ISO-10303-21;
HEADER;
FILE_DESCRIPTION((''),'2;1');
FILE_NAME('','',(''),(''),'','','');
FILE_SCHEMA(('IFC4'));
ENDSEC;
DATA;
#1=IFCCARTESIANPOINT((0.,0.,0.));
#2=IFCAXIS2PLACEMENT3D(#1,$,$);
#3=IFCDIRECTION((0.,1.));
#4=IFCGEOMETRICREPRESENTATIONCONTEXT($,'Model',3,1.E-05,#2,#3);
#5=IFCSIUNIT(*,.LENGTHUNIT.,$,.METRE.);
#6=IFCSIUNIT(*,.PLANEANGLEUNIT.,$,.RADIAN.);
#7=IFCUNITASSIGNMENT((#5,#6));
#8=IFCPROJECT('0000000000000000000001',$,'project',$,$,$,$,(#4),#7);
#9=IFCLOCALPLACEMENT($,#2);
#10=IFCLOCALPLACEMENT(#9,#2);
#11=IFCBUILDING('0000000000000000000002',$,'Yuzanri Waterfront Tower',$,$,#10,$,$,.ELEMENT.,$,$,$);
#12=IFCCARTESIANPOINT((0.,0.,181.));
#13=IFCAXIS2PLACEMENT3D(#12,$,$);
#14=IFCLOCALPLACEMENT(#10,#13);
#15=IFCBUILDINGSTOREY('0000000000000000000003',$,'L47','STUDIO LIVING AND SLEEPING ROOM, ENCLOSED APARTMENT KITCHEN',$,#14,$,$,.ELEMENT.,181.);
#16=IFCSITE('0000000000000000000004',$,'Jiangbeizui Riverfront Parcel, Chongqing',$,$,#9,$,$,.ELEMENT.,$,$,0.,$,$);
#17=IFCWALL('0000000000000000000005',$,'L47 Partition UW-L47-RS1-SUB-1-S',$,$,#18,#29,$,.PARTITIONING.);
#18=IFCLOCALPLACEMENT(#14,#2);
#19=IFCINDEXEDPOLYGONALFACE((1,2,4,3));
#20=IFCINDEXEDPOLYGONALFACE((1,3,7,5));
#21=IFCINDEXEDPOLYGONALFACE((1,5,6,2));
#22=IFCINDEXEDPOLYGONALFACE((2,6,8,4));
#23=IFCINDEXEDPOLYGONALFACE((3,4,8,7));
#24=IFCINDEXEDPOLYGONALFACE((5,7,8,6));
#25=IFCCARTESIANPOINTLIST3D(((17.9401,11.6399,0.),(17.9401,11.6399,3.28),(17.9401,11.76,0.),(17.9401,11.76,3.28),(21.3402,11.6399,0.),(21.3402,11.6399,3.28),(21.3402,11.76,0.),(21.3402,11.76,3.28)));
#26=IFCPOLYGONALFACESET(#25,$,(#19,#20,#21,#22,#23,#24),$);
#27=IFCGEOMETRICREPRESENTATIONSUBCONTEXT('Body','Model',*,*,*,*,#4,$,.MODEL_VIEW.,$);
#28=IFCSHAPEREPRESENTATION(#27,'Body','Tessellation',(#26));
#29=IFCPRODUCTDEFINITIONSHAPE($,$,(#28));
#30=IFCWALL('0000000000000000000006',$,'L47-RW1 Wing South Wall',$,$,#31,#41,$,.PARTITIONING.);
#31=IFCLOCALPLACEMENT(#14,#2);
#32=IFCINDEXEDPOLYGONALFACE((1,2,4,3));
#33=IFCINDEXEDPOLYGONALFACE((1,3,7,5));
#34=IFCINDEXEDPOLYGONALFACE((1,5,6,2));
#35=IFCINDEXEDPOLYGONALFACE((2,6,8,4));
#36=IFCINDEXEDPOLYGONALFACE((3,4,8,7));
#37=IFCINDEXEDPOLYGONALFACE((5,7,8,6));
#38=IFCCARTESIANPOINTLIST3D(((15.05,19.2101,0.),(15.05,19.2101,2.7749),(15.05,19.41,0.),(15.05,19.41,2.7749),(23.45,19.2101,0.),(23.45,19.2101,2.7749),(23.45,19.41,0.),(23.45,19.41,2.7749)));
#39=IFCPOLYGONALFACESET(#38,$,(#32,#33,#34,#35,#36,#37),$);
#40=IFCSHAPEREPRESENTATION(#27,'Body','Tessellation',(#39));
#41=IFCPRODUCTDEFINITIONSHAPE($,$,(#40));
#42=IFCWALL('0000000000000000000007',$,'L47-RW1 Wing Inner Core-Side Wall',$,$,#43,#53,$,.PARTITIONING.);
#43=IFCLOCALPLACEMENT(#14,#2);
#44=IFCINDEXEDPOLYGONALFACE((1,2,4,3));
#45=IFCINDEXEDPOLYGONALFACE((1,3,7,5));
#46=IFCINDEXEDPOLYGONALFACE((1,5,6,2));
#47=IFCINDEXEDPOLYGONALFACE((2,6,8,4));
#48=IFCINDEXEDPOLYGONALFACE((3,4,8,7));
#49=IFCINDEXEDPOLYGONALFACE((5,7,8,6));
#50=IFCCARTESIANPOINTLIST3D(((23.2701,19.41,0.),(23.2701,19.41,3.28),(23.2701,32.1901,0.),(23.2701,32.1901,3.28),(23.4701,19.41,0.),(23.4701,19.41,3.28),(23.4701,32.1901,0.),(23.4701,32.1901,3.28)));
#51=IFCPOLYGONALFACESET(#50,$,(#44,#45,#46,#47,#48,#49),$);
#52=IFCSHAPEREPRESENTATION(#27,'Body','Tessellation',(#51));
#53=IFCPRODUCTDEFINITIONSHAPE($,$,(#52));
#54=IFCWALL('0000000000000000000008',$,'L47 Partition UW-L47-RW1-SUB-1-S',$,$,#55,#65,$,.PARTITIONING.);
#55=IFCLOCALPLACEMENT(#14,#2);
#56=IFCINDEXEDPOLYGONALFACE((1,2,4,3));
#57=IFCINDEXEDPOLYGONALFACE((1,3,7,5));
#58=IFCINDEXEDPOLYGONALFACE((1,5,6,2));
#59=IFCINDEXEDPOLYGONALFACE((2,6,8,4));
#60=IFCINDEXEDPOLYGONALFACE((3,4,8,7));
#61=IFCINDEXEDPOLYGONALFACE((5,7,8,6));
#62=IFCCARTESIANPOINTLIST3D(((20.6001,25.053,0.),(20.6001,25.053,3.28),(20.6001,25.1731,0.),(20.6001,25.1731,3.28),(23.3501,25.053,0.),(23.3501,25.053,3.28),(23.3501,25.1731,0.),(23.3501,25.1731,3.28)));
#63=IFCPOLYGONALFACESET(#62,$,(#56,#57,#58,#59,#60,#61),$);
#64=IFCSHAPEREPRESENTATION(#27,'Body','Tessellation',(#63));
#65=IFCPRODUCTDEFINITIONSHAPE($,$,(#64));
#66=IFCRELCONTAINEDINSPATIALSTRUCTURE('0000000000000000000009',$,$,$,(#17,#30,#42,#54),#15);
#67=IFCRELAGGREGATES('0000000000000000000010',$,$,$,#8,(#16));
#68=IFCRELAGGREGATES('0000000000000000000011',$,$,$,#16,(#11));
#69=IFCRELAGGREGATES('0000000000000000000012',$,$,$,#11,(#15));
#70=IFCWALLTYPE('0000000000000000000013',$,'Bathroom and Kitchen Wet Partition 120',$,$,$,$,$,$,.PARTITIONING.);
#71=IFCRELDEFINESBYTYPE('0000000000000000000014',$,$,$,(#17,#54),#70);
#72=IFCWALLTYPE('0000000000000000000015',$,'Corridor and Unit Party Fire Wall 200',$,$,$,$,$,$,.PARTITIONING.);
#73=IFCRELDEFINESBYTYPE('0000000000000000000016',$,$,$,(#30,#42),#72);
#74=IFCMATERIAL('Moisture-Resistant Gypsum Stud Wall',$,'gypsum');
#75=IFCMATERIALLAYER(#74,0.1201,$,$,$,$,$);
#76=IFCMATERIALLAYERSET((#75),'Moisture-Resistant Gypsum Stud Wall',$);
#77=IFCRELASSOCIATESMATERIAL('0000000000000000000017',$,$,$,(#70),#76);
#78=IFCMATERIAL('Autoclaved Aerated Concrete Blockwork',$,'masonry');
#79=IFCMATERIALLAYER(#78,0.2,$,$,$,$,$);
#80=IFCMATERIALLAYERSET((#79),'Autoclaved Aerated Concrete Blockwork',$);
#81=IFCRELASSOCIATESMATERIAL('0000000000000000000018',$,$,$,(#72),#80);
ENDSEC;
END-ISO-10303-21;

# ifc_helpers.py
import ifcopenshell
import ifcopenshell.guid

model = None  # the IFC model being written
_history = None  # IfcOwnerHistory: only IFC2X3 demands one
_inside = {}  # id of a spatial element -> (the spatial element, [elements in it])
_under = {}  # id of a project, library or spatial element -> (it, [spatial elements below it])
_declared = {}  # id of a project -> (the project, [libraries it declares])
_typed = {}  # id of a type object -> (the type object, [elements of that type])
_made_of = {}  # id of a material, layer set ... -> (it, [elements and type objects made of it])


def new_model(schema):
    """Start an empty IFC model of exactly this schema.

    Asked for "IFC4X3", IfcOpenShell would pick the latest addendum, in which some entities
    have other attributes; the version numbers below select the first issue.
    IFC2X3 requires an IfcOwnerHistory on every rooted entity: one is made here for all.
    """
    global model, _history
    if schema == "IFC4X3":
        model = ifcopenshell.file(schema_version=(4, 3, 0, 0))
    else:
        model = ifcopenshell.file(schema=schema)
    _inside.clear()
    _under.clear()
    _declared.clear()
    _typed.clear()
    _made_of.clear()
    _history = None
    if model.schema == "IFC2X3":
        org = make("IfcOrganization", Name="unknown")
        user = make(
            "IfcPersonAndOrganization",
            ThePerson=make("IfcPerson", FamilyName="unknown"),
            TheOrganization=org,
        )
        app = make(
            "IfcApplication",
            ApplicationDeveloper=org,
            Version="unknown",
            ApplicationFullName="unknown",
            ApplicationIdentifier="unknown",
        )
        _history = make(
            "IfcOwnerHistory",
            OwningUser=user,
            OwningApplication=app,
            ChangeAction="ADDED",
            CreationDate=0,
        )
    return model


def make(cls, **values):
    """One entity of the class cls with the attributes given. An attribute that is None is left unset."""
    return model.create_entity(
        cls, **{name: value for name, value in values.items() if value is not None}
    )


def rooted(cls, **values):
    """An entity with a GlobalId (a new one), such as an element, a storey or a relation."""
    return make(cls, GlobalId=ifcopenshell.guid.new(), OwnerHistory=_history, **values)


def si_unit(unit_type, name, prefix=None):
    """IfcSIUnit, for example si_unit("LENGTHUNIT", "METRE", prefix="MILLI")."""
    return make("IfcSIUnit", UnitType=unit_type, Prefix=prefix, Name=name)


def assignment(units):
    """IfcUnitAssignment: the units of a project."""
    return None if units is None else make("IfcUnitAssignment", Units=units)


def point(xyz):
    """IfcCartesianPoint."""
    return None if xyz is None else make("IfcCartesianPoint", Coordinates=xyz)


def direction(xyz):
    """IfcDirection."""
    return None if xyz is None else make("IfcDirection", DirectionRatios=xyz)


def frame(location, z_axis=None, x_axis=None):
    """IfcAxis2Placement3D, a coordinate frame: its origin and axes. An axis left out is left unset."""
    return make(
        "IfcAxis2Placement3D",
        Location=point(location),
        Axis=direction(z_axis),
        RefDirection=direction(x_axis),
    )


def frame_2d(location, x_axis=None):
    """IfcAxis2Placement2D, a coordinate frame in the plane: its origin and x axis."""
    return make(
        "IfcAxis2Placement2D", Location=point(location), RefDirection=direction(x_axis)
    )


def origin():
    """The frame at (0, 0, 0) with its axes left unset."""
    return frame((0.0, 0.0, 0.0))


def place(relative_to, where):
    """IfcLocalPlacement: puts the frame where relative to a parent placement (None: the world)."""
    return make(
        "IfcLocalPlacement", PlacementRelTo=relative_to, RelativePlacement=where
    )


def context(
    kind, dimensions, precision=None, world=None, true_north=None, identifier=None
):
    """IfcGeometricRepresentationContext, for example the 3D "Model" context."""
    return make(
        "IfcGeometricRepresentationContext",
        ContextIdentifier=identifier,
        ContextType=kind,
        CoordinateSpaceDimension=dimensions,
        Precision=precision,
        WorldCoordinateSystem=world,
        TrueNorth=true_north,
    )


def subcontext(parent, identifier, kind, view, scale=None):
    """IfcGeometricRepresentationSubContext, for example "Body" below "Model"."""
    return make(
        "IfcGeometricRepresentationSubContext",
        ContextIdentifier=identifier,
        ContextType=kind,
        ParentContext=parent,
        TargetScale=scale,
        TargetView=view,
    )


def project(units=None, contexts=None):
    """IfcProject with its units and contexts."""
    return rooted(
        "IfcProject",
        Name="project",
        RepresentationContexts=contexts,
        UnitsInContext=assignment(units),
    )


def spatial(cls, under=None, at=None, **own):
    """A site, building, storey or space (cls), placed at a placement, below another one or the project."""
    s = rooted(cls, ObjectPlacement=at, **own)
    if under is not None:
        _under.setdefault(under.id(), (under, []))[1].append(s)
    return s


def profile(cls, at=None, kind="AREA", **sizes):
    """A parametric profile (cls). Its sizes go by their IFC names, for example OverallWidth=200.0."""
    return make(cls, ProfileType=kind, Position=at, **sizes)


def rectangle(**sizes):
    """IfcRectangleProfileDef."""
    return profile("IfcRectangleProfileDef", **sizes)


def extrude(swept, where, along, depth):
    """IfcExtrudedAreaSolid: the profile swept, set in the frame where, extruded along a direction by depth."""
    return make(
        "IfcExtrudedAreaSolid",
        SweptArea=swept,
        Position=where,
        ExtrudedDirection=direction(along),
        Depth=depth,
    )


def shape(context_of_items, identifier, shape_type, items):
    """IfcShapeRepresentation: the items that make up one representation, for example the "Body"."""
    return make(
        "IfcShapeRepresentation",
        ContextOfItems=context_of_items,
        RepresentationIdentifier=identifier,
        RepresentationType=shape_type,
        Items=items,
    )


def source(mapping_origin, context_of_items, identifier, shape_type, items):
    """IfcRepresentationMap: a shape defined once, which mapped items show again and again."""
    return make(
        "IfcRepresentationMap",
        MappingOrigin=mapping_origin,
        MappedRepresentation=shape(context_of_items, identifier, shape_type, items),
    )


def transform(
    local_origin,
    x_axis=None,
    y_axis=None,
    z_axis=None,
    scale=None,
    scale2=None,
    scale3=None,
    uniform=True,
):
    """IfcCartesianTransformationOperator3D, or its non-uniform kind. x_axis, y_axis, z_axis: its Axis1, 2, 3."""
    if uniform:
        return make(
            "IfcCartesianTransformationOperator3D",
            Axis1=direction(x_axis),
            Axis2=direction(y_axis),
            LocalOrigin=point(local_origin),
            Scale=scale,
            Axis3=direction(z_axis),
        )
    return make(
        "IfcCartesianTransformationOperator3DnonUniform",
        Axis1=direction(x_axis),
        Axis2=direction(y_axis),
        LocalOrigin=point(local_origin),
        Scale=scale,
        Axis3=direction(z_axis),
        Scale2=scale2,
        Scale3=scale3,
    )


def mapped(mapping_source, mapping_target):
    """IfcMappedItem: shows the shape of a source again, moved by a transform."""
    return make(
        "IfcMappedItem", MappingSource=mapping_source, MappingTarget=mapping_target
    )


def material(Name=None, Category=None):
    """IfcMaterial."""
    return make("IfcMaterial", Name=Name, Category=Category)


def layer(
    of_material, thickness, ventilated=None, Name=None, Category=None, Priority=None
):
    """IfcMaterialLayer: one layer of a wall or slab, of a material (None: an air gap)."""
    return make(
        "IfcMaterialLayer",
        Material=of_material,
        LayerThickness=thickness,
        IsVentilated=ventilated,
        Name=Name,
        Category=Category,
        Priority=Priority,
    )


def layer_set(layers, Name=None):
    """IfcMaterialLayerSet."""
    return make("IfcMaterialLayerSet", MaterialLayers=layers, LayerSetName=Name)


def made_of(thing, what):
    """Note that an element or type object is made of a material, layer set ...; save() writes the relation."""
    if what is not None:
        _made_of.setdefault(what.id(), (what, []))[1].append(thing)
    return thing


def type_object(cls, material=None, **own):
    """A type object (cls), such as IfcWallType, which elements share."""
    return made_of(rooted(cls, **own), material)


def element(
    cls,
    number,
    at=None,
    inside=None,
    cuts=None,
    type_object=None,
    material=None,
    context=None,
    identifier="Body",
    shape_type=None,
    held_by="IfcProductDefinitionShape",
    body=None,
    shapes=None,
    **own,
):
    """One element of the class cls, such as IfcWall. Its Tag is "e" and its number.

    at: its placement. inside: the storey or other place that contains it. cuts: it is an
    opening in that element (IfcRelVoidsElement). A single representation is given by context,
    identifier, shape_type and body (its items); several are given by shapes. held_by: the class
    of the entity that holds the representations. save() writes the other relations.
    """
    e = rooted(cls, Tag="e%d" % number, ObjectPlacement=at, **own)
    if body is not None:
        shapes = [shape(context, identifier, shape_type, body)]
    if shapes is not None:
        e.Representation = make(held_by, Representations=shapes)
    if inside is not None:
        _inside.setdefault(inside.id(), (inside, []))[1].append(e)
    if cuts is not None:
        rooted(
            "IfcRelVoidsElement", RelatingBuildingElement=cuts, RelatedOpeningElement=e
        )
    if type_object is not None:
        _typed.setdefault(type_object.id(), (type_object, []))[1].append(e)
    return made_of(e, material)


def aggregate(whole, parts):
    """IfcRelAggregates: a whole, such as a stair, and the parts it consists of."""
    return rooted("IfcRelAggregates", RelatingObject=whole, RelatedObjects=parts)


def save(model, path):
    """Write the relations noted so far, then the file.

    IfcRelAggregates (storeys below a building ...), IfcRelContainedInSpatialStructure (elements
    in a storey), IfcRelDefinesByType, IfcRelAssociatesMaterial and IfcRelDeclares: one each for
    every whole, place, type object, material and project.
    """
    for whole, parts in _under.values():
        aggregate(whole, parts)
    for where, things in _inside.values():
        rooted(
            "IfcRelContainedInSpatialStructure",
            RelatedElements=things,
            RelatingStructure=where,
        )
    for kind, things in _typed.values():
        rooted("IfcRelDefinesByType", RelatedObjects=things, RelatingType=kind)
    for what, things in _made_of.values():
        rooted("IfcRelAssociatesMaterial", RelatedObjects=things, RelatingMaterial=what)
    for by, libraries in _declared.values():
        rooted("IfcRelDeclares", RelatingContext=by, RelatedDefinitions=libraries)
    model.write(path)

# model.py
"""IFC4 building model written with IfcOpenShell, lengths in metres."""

from ifc_helpers import new_model, si_unit, direction, frame, frame_2d, origin, place, context, subcontext, project, spatial, rectangle, extrude, source, transform, mapped, material, layer, layer_set, type_object, element, save


model = new_model("IFC4")

# Units and contexts
model_context = context("Model", 3, precision=1e-05, world=origin(), true_north=direction((0.0, 1.0)))
body_context = subcontext(model_context, "Body", "Model", "MODEL_VIEW")
ifc_project = project(units=[si_unit("LENGTHUNIT", "METRE"), si_unit("PLANEANGLEUNIT", "RADIAN")], contexts=[model_context])

# Site, building, storey
site_placement = place(None, origin())
site = spatial("IfcSite", under=ifc_project, at=site_placement, Name="Jiangbeizui Riverfront Parcel, Chongqing", CompositionType="ELEMENT", RefElevation=0.0)
building_placement = place(site_placement, origin())
building = spatial("IfcBuilding", under=site, at=building_placement, Name="Yuzanri Waterfront Tower", CompositionType="ELEMENT")
storey_placement = place(building_placement, frame((0.0, 0.0, 181.0)))
storey = spatial("IfcBuildingStorey", under=building, at=storey_placement, Name="L47", Description="STUDIO LIVING AND SLEEPING ROOM, ENCLOSED APARTMENT KITCHEN", CompositionType="ELEMENT", Elevation=181.0)

# Shared definitions
ifc_material_1 = material(Name="Moisture-Resistant Gypsum Stud Wall", Category="gypsum")
ifc_layer_1 = layer(ifc_material_1, 0.1201)
ifc_layer_set_1 = layer_set([ifc_layer_1], Name="Moisture-Resistant Gypsum Stud Wall")
wall_type_1 = type_object("IfcWallType", Name="Bathroom and Kitchen Wet Partition 120", PredefinedType="PARTITIONING", material=ifc_layer_set_1)
ifc_material_2 = material(Name="Autoclaved Aerated Concrete Blockwork", Category="masonry")
ifc_layer_2 = layer(ifc_material_2, 0.2)
ifc_layer_set_2 = layer_set([ifc_layer_2], Name="Autoclaved Aerated Concrete Blockwork")
wall_type_2 = type_object("IfcWallType", Name="Corridor and Unit Party Fire Wall 200", PredefinedType="PARTITIONING", material=ifc_layer_set_2)

# Walls
shared_shape_1 = source(origin(), body_context, "Body", "SweptSolid", [
    extrude(rectangle(XDim=3.4001, YDim=0.1201, at=frame_2d((1.7002, 0.0))), origin(), (0.0, 0.0, 1.0), 3.28),
])
wall_1_placement = place(storey_placement, frame((17.9399, 11.7, 0.0), z_axis=(0.0, 0.0, 1.0), x_axis=(1.0, 0.0, 0.0)))
element("IfcWall", 1, at=wall_1_placement, inside=storey, type_object=wall_type_1, Name="L47 Partition UW-L47-RS1-SUB-1-S", PredefinedType="PARTITIONING", context=body_context, shape_type="MappedRepresentation", body=[
    mapped(shared_shape_1, transform((0.0, 0.0, 0.0), scale=1.0)),
])
shared_shape_2 = source(origin(), body_context, "Body", "SweptSolid", [
    extrude(rectangle(XDim=8.3999, YDim=0.2, at=frame_2d((4.2, 0.0))), origin(), (0.0, 0.0, 1.0), 2.7749),
])
wall_2_placement = place(storey_placement, frame((15.05, 19.3101, 0.0), z_axis=(0.0, 0.0, 1.0), x_axis=(1.0, 0.0, 0.0)))
element("IfcWall", 2, at=wall_2_placement, inside=storey, type_object=wall_type_2, Name="L47-RW1 Wing South Wall", PredefinedType="PARTITIONING", context=body_context, shape_type="MappedRepresentation", body=[
    mapped(shared_shape_2, transform((0.0, 0.0, 0.0), scale=1.0)),
])
shared_shape_3 = source(origin(), body_context, "Body", "SweptSolid", [
    extrude(rectangle(XDim=12.78, YDim=0.2, at=frame_2d((6.3901, 0.0))), origin(), (0.0, 0.0, 1.0), 3.28),
])
wall_3_placement = place(storey_placement, frame((23.3701, 19.4099, 0.0), z_axis=(0.0, 0.0, 1.0), x_axis=(0.0, 1.0, 0.0)))
element("IfcWall", 3, at=wall_3_placement, inside=storey, type_object=wall_type_2, Name="L47-RW1 Wing Inner Core-Side Wall", PredefinedType="PARTITIONING", context=body_context, shape_type="MappedRepresentation", body=[
    mapped(shared_shape_3, transform((0.0, 0.0, 0.0), scale=1.0)),
])
shared_shape_4 = source(origin(), body_context, "Body", "SweptSolid", [
    extrude(rectangle(XDim=2.75, YDim=0.1201, at=frame_2d((1.375, 0.0))), origin(), (0.0, 0.0, 1.0), 3.28),
])
wall_4_placement = place(storey_placement, frame((20.6001, 25.113, 0.0), z_axis=(0.0, 0.0, 1.0), x_axis=(1.0, 0.0, 0.0)))
element("IfcWall", 4, at=wall_4_placement, inside=storey, type_object=wall_type_1, Name="L47 Partition UW-L47-RW1-SUB-1-S", PredefinedType="PARTITIONING", context=body_context, shape_type="MappedRepresentation", body=[
    mapped(shared_shape_4, transform((0.0, 0.0, 0.0), scale=1.0)),
])

save(model, "model.ifc")
